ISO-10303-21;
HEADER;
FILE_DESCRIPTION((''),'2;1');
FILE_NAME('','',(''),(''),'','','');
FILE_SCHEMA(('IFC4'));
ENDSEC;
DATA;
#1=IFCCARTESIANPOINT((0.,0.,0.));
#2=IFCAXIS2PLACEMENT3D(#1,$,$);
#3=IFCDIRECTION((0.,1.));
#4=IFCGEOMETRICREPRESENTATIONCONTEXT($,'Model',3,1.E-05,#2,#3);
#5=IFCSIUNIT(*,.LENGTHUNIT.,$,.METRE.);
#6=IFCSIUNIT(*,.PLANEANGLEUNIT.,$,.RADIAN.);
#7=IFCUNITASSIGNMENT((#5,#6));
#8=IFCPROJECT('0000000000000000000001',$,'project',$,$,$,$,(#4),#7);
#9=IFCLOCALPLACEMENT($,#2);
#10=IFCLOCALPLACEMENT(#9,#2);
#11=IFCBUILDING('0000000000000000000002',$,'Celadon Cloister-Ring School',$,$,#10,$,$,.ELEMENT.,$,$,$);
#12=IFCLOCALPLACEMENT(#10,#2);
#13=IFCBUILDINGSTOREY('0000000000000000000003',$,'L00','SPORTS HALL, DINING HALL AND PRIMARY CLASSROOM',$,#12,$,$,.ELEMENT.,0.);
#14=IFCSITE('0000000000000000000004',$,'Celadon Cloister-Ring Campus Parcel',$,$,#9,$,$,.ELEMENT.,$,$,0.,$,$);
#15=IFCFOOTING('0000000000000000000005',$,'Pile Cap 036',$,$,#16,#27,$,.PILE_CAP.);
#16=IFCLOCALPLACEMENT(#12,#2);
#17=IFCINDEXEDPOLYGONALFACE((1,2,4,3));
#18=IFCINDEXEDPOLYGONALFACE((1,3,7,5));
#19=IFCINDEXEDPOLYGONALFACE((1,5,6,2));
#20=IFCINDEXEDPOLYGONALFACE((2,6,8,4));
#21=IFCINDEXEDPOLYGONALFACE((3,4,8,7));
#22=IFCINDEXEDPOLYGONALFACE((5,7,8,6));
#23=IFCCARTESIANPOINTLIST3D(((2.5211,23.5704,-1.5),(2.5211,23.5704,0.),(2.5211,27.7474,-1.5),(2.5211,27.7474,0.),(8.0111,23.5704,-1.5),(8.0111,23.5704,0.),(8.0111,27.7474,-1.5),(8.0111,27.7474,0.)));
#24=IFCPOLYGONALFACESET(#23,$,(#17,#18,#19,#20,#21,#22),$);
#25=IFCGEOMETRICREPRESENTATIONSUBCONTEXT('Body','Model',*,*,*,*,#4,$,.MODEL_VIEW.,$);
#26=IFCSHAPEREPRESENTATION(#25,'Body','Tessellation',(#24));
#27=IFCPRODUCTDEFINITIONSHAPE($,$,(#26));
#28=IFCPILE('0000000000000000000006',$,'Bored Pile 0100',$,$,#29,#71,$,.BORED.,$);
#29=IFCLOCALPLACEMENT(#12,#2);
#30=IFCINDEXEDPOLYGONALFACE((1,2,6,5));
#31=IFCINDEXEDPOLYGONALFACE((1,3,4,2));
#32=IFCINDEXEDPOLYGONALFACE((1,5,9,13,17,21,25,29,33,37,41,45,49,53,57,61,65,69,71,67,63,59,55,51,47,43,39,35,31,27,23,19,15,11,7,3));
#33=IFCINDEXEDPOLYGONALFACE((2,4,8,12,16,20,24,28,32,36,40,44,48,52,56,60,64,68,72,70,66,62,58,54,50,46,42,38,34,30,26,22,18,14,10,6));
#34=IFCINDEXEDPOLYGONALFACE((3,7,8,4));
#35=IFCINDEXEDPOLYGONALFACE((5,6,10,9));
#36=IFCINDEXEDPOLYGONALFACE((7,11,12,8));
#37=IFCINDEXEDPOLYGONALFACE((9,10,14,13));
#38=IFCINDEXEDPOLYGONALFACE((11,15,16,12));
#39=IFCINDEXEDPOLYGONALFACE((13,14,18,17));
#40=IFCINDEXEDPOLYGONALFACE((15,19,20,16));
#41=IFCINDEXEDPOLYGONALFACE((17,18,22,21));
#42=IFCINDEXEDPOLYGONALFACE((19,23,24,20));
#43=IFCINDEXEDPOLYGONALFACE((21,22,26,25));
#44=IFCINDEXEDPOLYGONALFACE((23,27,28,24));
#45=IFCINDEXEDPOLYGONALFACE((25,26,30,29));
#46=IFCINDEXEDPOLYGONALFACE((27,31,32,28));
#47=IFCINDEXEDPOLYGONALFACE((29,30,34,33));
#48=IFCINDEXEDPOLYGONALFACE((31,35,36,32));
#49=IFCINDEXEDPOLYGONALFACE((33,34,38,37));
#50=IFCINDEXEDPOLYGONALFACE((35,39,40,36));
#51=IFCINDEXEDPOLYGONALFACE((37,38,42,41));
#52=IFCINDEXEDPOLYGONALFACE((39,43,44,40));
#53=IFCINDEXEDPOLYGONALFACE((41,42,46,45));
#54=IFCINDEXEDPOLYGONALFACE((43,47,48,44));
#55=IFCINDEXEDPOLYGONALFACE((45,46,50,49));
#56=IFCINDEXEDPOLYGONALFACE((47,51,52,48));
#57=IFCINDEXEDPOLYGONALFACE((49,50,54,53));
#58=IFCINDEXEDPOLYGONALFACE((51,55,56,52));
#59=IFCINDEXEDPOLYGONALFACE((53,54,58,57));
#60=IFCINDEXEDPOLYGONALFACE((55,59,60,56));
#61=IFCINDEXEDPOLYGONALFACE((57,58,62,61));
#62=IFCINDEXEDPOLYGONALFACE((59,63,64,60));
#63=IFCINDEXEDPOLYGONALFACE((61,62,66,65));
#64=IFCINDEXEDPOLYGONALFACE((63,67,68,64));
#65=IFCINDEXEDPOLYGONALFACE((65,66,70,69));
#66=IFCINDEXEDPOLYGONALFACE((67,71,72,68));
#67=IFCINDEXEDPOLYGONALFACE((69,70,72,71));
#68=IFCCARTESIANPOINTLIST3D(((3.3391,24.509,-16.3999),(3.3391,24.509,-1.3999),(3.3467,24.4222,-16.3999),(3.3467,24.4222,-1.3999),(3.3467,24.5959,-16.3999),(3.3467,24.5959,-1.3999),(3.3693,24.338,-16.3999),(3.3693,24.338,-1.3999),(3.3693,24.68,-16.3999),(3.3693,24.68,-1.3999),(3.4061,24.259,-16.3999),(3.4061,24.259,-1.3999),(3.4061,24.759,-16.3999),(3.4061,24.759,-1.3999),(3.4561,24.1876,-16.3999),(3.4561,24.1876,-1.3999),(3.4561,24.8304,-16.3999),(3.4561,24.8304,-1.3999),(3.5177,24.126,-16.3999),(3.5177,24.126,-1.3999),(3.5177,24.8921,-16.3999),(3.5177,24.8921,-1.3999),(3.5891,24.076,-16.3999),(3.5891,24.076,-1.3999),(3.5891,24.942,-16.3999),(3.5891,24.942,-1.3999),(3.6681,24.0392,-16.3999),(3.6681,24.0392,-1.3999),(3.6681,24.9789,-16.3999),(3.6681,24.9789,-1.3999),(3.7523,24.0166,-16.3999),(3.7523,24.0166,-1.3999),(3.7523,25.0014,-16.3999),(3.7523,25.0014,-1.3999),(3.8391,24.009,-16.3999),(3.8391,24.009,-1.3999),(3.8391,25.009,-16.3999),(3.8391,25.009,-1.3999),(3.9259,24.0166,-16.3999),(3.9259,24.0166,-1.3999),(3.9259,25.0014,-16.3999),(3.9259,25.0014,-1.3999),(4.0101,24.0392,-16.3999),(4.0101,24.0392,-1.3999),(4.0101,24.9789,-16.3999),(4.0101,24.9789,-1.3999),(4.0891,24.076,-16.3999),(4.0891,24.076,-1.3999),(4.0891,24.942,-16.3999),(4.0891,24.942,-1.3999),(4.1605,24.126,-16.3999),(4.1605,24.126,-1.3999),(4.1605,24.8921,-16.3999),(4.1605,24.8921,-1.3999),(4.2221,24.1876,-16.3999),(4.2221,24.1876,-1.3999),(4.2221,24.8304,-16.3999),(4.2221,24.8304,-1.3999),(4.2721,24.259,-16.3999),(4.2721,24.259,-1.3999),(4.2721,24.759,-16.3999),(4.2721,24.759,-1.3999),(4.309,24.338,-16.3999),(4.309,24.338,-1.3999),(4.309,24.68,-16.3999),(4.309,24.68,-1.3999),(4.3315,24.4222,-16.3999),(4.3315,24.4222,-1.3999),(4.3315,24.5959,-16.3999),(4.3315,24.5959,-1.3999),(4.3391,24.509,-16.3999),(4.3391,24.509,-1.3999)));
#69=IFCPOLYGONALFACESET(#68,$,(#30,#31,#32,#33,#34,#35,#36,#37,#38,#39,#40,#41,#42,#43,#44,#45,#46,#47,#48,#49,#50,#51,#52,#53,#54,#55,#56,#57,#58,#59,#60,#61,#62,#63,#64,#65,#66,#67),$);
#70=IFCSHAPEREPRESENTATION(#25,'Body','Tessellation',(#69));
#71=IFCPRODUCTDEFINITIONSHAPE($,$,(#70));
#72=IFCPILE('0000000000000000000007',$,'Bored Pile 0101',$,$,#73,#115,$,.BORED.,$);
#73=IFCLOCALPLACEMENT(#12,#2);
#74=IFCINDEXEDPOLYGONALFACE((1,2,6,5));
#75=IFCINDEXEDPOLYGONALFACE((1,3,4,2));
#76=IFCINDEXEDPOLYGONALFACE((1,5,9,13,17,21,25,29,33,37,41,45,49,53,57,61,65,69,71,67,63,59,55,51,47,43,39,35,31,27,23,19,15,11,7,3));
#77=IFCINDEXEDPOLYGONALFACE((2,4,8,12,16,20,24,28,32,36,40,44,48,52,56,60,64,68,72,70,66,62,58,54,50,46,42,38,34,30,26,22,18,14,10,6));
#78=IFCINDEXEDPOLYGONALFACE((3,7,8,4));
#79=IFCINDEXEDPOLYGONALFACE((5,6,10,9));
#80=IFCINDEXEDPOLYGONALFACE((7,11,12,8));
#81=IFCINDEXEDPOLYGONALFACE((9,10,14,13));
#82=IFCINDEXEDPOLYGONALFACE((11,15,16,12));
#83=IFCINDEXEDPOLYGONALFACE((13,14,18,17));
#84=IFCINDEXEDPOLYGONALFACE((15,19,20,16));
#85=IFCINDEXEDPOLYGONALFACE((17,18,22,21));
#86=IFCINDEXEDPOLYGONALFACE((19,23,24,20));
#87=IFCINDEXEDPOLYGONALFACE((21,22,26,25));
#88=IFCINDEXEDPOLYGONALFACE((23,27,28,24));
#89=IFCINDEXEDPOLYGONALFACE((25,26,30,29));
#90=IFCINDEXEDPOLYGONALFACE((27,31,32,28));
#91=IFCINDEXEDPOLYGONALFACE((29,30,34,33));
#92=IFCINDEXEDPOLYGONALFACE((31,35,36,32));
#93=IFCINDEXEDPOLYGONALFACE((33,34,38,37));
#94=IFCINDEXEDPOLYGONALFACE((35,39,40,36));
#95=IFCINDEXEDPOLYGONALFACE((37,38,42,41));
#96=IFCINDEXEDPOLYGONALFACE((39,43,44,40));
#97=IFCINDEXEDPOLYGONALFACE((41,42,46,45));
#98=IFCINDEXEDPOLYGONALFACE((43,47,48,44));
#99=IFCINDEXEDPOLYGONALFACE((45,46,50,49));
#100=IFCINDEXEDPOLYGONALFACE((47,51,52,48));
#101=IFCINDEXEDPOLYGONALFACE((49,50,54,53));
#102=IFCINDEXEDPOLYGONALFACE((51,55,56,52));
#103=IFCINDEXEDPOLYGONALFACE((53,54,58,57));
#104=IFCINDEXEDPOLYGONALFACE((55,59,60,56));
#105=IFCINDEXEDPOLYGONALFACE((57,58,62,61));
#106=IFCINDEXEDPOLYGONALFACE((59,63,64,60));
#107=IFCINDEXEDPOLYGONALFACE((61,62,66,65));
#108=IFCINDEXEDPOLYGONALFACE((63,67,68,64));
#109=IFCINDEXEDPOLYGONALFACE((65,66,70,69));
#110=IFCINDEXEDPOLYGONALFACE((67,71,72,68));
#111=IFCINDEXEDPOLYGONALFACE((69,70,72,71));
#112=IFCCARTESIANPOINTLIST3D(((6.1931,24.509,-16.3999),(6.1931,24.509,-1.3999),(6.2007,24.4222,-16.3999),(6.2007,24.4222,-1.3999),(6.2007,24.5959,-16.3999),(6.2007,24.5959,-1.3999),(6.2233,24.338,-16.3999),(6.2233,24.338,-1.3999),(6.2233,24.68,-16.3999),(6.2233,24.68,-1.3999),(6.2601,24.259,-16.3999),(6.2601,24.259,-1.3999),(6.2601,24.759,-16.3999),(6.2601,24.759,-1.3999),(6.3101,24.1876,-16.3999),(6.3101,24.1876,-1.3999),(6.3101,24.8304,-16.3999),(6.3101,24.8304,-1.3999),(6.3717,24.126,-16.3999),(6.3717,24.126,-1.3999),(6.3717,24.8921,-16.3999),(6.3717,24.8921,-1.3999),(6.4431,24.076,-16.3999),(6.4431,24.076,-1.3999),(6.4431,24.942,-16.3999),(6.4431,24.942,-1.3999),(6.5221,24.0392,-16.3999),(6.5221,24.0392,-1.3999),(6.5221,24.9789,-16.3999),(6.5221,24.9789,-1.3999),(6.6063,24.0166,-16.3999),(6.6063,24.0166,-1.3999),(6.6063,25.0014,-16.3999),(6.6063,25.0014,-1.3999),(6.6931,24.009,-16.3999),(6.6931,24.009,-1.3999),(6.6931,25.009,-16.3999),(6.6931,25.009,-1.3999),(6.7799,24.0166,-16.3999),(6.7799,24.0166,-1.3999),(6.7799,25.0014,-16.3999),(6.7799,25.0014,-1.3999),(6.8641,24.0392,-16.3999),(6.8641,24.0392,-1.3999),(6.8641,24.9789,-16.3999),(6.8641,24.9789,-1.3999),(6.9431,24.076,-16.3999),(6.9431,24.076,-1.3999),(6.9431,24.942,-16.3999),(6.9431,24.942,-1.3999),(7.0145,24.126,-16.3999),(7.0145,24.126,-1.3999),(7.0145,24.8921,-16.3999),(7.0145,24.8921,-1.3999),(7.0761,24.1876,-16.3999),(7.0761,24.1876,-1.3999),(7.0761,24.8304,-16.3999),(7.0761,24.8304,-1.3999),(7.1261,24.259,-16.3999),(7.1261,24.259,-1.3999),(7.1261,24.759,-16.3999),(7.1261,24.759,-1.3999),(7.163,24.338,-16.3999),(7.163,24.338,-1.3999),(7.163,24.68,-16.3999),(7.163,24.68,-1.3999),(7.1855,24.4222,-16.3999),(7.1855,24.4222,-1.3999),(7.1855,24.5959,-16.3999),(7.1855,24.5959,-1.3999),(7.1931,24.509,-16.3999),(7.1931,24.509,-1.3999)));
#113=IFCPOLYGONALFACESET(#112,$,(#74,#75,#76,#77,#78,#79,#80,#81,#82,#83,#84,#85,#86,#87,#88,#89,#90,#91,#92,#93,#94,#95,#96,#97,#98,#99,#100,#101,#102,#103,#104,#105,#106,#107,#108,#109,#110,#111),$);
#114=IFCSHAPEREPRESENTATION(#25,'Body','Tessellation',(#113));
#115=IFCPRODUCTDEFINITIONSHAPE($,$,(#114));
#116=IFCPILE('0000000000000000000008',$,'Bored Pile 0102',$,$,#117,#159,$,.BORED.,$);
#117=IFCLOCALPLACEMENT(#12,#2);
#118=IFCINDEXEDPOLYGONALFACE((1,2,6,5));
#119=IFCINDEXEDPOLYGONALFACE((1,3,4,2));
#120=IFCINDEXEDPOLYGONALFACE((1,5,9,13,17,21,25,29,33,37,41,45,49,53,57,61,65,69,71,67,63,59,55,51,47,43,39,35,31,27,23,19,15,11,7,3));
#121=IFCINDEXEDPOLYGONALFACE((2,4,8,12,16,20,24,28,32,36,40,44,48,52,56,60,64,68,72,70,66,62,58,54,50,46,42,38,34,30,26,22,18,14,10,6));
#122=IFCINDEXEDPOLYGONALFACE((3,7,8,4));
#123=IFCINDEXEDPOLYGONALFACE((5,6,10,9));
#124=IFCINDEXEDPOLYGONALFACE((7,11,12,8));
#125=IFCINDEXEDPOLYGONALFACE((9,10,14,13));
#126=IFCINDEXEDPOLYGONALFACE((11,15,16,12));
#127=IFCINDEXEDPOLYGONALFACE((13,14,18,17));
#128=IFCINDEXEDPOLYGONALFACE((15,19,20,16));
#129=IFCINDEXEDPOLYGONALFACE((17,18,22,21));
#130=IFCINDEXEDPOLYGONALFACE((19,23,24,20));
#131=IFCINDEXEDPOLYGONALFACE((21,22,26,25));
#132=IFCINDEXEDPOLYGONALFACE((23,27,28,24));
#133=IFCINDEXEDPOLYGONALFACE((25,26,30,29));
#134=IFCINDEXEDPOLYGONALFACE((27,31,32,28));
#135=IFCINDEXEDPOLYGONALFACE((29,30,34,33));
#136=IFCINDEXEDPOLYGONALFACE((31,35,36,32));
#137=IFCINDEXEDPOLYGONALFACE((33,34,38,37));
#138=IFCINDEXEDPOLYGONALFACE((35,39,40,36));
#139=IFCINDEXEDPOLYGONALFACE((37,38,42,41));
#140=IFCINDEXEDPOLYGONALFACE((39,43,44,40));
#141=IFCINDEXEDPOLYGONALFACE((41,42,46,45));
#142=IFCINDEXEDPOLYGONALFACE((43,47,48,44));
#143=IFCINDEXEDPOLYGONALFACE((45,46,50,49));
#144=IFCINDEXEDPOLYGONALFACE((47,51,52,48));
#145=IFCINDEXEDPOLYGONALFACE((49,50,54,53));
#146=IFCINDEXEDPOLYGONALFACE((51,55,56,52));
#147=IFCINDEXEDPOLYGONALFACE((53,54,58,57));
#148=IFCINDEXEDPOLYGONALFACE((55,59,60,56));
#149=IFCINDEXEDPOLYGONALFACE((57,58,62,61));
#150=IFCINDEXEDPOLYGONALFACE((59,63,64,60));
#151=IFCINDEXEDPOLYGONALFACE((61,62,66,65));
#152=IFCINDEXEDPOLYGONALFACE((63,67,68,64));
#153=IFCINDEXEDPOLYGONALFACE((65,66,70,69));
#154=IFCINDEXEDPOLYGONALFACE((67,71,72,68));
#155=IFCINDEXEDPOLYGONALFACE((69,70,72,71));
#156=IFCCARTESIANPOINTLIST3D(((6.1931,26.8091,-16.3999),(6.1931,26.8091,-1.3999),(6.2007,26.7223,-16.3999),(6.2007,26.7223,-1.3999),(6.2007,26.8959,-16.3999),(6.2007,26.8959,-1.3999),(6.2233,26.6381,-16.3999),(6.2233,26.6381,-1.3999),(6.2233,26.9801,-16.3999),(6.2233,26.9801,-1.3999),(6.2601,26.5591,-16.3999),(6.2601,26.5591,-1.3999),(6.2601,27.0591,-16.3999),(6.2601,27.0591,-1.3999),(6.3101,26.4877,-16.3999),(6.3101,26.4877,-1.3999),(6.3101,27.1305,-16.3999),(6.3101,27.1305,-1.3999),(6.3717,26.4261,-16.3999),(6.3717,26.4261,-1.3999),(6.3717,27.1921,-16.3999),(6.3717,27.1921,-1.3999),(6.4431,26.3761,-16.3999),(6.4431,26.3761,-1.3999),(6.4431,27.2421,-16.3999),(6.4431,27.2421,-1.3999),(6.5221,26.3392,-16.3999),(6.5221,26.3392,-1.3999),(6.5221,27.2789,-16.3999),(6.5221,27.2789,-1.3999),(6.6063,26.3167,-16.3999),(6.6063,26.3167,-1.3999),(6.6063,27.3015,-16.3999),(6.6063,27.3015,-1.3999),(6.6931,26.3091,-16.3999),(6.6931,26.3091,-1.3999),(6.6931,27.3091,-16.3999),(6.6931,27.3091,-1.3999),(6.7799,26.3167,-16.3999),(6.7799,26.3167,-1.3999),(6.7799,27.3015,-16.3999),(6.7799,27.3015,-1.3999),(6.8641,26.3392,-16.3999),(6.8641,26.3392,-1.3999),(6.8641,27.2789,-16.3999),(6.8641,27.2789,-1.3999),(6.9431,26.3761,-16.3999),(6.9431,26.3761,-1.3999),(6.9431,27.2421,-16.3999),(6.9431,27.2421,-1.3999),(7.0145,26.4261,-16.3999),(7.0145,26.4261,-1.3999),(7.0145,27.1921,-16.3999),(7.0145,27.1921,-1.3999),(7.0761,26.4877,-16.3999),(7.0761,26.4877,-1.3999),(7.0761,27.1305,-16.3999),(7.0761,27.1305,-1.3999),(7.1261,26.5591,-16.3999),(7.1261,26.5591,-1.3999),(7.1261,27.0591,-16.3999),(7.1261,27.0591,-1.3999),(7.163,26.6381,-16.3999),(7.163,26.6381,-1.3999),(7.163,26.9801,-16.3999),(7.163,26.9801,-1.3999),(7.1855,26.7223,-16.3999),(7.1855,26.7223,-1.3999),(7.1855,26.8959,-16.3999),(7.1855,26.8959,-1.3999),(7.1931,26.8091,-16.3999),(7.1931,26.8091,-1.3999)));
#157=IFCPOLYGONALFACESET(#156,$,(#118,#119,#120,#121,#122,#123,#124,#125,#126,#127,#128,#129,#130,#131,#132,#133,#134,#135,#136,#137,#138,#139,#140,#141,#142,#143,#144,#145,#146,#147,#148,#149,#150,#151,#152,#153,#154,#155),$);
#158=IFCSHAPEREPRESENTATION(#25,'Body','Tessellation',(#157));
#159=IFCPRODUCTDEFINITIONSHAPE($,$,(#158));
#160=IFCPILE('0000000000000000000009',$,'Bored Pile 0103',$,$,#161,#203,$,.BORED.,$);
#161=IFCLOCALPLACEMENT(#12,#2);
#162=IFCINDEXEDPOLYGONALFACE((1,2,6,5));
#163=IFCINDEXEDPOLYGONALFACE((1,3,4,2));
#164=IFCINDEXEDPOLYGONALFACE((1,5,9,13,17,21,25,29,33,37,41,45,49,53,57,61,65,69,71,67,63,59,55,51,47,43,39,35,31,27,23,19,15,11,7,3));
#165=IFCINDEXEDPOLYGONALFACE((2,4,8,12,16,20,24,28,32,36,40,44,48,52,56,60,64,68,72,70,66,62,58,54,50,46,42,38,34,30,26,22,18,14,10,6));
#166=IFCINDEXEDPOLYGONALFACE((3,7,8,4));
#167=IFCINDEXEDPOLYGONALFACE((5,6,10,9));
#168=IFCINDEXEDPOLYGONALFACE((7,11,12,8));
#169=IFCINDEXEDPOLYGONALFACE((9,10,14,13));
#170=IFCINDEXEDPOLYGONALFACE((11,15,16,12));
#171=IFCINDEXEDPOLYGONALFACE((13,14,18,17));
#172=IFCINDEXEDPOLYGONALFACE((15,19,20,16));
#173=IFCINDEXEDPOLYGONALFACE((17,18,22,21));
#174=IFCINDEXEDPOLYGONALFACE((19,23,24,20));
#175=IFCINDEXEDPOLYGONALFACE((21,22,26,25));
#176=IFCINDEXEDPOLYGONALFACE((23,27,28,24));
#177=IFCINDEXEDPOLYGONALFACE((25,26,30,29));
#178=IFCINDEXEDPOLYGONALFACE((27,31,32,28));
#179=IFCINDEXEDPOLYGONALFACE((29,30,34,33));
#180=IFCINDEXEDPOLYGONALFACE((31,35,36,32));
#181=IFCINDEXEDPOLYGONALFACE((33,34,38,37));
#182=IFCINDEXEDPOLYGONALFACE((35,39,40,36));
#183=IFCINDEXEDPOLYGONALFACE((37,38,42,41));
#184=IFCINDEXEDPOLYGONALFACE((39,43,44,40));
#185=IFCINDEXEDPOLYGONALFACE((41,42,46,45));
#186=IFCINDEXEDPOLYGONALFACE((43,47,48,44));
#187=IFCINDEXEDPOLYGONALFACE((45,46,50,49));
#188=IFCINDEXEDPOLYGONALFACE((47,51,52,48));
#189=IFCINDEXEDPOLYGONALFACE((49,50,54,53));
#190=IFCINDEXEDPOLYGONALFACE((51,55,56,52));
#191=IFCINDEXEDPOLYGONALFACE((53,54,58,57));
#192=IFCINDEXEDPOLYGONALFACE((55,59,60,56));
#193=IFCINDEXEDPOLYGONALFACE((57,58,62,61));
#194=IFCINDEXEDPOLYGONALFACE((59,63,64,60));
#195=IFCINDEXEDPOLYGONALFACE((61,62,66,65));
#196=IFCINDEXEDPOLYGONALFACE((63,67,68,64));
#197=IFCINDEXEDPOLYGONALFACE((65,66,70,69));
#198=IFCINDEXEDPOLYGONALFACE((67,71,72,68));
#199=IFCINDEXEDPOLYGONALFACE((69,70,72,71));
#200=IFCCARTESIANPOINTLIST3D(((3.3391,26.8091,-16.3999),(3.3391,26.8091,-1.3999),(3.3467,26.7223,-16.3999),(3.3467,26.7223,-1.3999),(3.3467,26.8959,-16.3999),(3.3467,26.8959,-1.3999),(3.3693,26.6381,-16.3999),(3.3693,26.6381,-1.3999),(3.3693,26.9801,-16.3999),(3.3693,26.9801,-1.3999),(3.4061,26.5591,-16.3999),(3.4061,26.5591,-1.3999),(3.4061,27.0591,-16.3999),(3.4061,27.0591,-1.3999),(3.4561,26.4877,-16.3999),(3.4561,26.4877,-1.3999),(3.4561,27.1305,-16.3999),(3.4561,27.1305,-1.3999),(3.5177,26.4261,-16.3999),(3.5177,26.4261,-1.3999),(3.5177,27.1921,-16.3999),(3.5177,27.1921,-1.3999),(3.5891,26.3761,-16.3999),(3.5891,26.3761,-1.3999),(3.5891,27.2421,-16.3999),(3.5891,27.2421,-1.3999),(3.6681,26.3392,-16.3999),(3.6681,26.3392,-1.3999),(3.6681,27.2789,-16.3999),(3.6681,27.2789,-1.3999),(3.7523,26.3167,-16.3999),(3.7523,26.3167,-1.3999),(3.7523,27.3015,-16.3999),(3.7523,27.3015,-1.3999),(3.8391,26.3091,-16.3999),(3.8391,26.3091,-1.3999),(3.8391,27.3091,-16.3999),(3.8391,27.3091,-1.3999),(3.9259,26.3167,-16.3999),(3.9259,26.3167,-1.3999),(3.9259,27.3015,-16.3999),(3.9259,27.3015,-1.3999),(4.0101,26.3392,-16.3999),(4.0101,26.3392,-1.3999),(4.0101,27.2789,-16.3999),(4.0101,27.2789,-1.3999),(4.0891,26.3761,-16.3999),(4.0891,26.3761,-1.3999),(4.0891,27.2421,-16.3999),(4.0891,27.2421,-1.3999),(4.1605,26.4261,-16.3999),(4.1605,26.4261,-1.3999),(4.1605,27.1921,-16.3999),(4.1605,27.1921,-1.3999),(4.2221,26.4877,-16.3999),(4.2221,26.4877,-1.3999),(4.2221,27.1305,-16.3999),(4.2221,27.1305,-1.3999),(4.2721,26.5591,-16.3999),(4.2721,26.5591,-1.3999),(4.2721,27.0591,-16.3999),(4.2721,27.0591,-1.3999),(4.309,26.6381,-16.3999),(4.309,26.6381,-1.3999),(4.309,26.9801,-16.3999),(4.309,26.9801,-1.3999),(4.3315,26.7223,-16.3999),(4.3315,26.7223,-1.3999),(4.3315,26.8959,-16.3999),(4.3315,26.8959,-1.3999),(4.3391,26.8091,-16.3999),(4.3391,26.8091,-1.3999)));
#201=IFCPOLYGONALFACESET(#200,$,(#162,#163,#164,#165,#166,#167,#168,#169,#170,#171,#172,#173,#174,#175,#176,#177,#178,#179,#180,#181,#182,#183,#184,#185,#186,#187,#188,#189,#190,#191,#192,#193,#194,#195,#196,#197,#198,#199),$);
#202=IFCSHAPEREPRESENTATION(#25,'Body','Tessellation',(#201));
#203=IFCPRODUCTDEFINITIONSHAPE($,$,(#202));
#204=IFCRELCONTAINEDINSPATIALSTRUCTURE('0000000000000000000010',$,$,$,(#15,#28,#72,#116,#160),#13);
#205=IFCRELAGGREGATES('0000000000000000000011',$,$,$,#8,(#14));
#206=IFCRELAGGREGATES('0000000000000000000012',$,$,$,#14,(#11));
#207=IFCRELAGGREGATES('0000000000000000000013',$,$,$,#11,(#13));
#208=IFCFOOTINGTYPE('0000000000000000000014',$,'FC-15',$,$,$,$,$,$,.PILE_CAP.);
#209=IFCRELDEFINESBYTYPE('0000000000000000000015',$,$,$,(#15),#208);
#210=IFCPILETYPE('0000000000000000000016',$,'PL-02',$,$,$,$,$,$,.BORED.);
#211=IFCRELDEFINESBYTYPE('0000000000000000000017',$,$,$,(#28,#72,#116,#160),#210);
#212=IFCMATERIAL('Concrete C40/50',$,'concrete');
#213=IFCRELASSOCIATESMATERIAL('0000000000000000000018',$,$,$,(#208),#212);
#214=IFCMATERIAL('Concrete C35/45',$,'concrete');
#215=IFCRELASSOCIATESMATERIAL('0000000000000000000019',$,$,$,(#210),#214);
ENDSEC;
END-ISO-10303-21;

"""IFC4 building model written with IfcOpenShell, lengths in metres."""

from ifc_helpers import new_model, si_unit, direction, frame, origin, origin_2d, place, context, subcontext, project, spatial, rectangle, circle, extrude, material, material_profile, profile_set, type_object, element, save


model = new_model("IFC4")

# Units and contexts
model_context = context("Model", 3, precision=1e-05, world=origin(), true_north=direction((0.0, 1.0)))
body_context = subcontext(model_context, "Body", "Model", "MODEL_VIEW")
ifc_project = project(units=[si_unit("LENGTHUNIT", "METRE"), si_unit("PLANEANGLEUNIT", "RADIAN")], contexts=[model_context])

# Site, building, storey
site_placement = place(None, origin())
site = spatial("IfcSite", under=ifc_project, at=site_placement, Name="Celadon Cloister-Ring Campus Parcel", CompositionType="ELEMENT", RefElevation=0.0)
building_placement = place(site_placement, origin())
building = spatial("IfcBuilding", under=site, at=building_placement, Name="Celadon Cloister-Ring School", CompositionType="ELEMENT")
storey_placement = place(building_placement, origin())
storey = spatial("IfcBuildingStorey", under=building, at=storey_placement, Name="L00", Description="SPORTS HALL, DINING HALL AND PRIMARY CLASSROOM", CompositionType="ELEMENT", Elevation=0.0)

# Footing
ifc_material_1 = material(Name="Concrete C40/50", Category="concrete")
footing_type = type_object("IfcFootingType", Name="FC-15", PredefinedType="PILE_CAP", material=ifc_material_1)
footing_placement = place(storey_placement, frame((5.2661, 25.6589, -1.5), z_axis=(0.0, 0.0, 1.0), x_axis=(1.0, 0.0, 0.0)))
element("IfcFooting", 1, at=footing_placement, inside=storey, type_object=footing_type, Name="Pile Cap 036", PredefinedType="PILE_CAP", context=body_context, shape_type="SweptSolid", body=[
    extrude(rectangle(XDim=5.49, YDim=4.177, at=origin_2d()), origin(), (0.0, 0.0, 1.0), 1.5),
])

# Piles
ifc_material_2 = material(Name="Concrete C35/45", Category="concrete")
ifc_material_profile_1 = material_profile(ifc_material_2, circle(Radius=0.5, at=origin_2d()), Name="PILE1000")
ifc_profile_set_1 = profile_set([ifc_material_profile_1], Name="Concrete C35/45")
pile_type = type_object("IfcPileType", Name="PL-02", PredefinedType="BORED", material=ifc_profile_set_1)
for number, where, z_axis, x_axis, name in (
    (2, (3.8391, 24.509, -1.3999), (0.0, 0.0, -1.0), (1.0, 0.0, 0.0), "Bored Pile 0100"),
    (3, (6.6931, 24.509, -1.3999), (0.0, 0.0, -1.0), (1.0, 0.0, 0.0), "Bored Pile 0101"),
    (4, (6.6931, 26.8091, -1.3999), (0.0, 0.0, -1.0), (1.0, 0.0, 0.0), "Bored Pile 0102"),
    (5, (3.8391, 26.8091, -1.3999), (0.0, 0.0, -1.0), (1.0, 0.0, 0.0), "Bored Pile 0103"),
):
    element("IfcPile", number, at=place(storey_placement, frame(where, z_axis=z_axis, x_axis=x_axis)), inside=storey, type_object=pile_type, Name=name, PredefinedType="BORED", context=body_context, shape_type="SweptSolid", body=[
        extrude(circle(Radius=0.5, at=origin_2d()), origin(), (0.0, 0.0, 1.0), 15.0),
    ])

save(model, "model.ifc")
